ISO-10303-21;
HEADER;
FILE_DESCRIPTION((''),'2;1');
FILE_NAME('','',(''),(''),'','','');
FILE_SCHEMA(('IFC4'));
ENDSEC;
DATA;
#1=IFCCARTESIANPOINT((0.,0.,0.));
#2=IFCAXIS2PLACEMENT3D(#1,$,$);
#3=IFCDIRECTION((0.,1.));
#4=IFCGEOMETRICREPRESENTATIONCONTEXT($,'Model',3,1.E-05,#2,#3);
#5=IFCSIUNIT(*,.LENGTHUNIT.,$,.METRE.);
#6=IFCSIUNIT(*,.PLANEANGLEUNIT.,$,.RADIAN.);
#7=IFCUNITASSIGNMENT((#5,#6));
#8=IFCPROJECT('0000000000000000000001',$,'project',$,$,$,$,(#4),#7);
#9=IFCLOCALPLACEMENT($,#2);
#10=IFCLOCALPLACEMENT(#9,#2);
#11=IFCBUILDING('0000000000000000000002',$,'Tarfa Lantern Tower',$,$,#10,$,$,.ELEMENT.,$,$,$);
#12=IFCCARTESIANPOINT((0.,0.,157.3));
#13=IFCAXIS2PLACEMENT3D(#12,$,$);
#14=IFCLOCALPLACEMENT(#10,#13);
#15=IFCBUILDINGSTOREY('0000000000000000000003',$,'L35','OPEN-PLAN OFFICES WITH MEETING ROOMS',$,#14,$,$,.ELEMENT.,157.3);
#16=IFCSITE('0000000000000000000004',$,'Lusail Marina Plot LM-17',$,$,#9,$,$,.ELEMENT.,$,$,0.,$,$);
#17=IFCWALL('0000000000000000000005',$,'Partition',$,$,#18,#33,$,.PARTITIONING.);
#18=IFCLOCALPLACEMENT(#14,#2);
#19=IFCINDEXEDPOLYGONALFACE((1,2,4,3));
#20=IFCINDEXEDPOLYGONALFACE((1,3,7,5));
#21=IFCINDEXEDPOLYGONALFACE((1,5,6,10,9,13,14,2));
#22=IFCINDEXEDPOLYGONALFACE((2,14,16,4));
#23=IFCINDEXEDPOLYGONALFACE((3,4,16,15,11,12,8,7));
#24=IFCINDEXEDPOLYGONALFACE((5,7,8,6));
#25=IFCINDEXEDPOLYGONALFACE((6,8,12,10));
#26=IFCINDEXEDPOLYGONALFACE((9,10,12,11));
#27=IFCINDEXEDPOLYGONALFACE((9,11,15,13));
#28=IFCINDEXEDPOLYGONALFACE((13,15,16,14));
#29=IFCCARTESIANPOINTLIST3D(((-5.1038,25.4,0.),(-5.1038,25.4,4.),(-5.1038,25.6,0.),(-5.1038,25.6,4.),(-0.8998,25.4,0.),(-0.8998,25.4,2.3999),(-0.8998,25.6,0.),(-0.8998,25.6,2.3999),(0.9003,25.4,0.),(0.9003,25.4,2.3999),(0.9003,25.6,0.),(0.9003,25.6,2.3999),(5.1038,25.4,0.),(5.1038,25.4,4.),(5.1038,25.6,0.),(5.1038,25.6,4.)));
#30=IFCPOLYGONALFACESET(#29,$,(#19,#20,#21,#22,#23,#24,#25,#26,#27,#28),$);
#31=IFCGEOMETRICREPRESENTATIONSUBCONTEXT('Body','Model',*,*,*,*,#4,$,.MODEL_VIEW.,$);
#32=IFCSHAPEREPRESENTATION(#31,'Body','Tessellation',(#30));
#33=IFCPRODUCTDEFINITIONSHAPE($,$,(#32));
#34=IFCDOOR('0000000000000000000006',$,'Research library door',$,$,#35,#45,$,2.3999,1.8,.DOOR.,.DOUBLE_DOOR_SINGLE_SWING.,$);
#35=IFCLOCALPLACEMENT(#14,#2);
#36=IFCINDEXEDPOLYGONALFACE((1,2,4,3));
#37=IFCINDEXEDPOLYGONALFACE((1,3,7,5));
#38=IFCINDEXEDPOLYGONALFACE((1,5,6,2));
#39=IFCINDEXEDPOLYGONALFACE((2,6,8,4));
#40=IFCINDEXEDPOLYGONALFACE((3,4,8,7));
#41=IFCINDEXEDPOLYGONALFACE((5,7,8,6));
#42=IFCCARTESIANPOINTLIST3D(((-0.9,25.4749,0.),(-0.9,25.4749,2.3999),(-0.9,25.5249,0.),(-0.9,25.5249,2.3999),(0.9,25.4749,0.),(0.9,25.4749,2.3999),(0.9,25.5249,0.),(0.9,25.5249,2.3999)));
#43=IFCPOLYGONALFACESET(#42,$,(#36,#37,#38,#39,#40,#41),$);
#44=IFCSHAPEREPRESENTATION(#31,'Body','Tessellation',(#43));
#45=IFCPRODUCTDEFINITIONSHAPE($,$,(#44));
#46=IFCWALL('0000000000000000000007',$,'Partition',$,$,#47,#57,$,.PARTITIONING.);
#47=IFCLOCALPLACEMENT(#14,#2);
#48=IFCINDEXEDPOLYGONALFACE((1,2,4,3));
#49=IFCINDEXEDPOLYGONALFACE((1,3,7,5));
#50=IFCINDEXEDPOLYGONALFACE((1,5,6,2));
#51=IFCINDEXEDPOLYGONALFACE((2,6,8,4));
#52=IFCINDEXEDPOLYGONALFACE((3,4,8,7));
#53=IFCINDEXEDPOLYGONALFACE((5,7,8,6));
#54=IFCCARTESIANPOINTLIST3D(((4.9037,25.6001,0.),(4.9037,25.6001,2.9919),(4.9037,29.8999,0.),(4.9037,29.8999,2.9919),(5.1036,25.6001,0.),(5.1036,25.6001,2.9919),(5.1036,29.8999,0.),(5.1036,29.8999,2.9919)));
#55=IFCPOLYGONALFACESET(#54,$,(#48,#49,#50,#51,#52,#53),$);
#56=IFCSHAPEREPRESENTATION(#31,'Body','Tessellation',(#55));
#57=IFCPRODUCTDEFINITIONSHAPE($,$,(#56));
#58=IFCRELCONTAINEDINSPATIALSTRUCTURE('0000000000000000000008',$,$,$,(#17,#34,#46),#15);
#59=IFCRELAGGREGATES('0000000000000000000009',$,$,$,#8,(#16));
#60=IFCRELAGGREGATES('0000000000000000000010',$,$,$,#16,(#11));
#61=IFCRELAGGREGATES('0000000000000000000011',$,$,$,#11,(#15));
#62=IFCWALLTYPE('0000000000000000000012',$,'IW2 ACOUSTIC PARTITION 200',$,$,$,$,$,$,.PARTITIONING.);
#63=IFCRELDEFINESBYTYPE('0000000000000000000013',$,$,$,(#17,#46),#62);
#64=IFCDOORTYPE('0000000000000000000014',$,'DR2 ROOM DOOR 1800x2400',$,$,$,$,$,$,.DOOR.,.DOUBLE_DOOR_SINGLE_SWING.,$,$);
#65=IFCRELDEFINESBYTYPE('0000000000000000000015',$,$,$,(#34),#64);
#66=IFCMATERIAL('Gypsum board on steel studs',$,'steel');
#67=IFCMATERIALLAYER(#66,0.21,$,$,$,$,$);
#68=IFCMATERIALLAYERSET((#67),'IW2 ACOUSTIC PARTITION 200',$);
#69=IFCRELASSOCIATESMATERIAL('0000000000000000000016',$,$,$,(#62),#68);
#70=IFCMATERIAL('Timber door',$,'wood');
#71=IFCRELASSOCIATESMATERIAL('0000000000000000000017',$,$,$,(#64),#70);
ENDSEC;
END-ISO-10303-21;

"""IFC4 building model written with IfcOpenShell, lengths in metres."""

from ifc_helpers import new_model, si_unit, direction, frame, frame_2d, origin, place, context, subcontext, project, spatial, rectangle, extrude, material, layer, layer_set, type_object, element, fill, save


model = new_model("IFC4")

# Units and contexts
model_context = context("Model", 3, precision=1e-05, world=origin(), true_north=direction((0.0, 1.0)))
body_context = subcontext(model_context, "Body", "Model", "MODEL_VIEW")
ifc_project = project(units=[si_unit("LENGTHUNIT", "METRE"), si_unit("PLANEANGLEUNIT", "RADIAN")], contexts=[model_context])

# Site, building, storey
site_placement = place(None, origin())
site = spatial("IfcSite", under=ifc_project, at=site_placement, Name="Lusail Marina Plot LM-17", CompositionType="ELEMENT", RefElevation=0.0)
building_placement = place(site_placement, origin())
building = spatial("IfcBuilding", under=site, at=building_placement, Name="Tarfa Lantern Tower", CompositionType="ELEMENT")
storey_placement = place(building_placement, frame((0.0, 0.0, 157.3)))
storey = spatial("IfcBuildingStorey", under=building, at=storey_placement, Name="L35", Description="OPEN-PLAN OFFICES WITH MEETING ROOMS", CompositionType="ELEMENT", Elevation=157.3)

# Shared definitions
ifc_material_1 = material(Name="Gypsum board on steel studs", Category="steel")
ifc_layer_1 = layer(ifc_material_1, 0.21)
ifc_layer_set_1 = layer_set([ifc_layer_1], Name="IW2 ACOUSTIC PARTITION 200")
wall_type_1 = type_object("IfcWallType", Name="IW2 ACOUSTIC PARTITION 200", PredefinedType="PARTITIONING", material=ifc_layer_set_1)

# Wall, opening, door
wall_1_placement = place(storey_placement, frame((5.1038, 25.5, 0.0), z_axis=(0.0, 0.0, 1.0), x_axis=(-1.0, 0.0, 0.0)))
wall_1 = element("IfcWall", 1, at=wall_1_placement, inside=storey, type_object=wall_type_1, Name="Partition", PredefinedType="PARTITIONING", context=body_context, shape_type="SweptSolid", body=[
    extrude(rectangle(XDim=10.2075, YDim=0.2, at=frame_2d((5.1038, 0.0))), origin(), (0.0, 0.0, 1.0), 4.0),
])
opening_1_placement = place(wall_1_placement, frame((4.2036, 0.0, 0.0)))
opening_1 = element("IfcOpeningElement", 2, at=opening_1_placement, cuts=wall_1, PredefinedType="OPENING", context=body_context, shape_type="SweptSolid", body=[
    extrude(rectangle(XDim=1.8, YDim=2.3999, at=frame_2d((0.8999, 1.2))), frame((0.0, 0.1099, 0.0), z_axis=(0.0, -1.0, 0.0), x_axis=(1.0, 0.0, 0.0)), (0.0, 0.0, 1.0), 0.22),
])
ifc_material_2 = material(Name="Timber door", Category="wood")
door_type_1 = type_object("IfcDoorType", Name="DR2 ROOM DOOR 1800x2400", OperationType="DOUBLE_DOOR_SINGLE_SWING", PredefinedType="DOOR", material=ifc_material_2)
door_1_placement = place(opening_1_placement, frame((1.8, 0.0, 0.0), z_axis=(0.0, 0.0, 1.0), x_axis=(-1.0, 0.0, 0.0)))
door_1 = element("IfcDoor", 3, at=door_1_placement, inside=storey, type_object=door_type_1, Name="Research library door", OperationType="DOUBLE_DOOR_SINGLE_SWING", OverallHeight=2.3999, OverallWidth=1.8, PredefinedType="DOOR", context=body_context, shape_type="SweptSolid", body=[
    extrude(rectangle(XDim=1.8, YDim=2.3999, at=frame_2d((0.8999, 1.2))), frame((0.0, 0.0249, 0.0), z_axis=(0.0, -1.0, 0.0), x_axis=(1.0, 0.0, 0.0)), (0.0, 0.0, 1.0), 0.05),
])
fill(opening_1, door_1)

# Wall
wall_2_placement = place(storey_placement, frame((5.0037, 25.6001, 0.0), z_axis=(0.0, 0.0, 1.0), x_axis=(0.0, 1.0, 0.0)))
element("IfcWall", 4, at=wall_2_placement, inside=storey, type_object=wall_type_1, Name="Partition", PredefinedType="PARTITIONING", context=body_context, shape_type="SweptSolid", body=[
    extrude(rectangle(XDim=4.2998, YDim=0.2, at=frame_2d((2.1499, 0.0))), origin(), (0.0, 0.0, 1.0), 2.9919),
])

save(model, "model.ifc")
